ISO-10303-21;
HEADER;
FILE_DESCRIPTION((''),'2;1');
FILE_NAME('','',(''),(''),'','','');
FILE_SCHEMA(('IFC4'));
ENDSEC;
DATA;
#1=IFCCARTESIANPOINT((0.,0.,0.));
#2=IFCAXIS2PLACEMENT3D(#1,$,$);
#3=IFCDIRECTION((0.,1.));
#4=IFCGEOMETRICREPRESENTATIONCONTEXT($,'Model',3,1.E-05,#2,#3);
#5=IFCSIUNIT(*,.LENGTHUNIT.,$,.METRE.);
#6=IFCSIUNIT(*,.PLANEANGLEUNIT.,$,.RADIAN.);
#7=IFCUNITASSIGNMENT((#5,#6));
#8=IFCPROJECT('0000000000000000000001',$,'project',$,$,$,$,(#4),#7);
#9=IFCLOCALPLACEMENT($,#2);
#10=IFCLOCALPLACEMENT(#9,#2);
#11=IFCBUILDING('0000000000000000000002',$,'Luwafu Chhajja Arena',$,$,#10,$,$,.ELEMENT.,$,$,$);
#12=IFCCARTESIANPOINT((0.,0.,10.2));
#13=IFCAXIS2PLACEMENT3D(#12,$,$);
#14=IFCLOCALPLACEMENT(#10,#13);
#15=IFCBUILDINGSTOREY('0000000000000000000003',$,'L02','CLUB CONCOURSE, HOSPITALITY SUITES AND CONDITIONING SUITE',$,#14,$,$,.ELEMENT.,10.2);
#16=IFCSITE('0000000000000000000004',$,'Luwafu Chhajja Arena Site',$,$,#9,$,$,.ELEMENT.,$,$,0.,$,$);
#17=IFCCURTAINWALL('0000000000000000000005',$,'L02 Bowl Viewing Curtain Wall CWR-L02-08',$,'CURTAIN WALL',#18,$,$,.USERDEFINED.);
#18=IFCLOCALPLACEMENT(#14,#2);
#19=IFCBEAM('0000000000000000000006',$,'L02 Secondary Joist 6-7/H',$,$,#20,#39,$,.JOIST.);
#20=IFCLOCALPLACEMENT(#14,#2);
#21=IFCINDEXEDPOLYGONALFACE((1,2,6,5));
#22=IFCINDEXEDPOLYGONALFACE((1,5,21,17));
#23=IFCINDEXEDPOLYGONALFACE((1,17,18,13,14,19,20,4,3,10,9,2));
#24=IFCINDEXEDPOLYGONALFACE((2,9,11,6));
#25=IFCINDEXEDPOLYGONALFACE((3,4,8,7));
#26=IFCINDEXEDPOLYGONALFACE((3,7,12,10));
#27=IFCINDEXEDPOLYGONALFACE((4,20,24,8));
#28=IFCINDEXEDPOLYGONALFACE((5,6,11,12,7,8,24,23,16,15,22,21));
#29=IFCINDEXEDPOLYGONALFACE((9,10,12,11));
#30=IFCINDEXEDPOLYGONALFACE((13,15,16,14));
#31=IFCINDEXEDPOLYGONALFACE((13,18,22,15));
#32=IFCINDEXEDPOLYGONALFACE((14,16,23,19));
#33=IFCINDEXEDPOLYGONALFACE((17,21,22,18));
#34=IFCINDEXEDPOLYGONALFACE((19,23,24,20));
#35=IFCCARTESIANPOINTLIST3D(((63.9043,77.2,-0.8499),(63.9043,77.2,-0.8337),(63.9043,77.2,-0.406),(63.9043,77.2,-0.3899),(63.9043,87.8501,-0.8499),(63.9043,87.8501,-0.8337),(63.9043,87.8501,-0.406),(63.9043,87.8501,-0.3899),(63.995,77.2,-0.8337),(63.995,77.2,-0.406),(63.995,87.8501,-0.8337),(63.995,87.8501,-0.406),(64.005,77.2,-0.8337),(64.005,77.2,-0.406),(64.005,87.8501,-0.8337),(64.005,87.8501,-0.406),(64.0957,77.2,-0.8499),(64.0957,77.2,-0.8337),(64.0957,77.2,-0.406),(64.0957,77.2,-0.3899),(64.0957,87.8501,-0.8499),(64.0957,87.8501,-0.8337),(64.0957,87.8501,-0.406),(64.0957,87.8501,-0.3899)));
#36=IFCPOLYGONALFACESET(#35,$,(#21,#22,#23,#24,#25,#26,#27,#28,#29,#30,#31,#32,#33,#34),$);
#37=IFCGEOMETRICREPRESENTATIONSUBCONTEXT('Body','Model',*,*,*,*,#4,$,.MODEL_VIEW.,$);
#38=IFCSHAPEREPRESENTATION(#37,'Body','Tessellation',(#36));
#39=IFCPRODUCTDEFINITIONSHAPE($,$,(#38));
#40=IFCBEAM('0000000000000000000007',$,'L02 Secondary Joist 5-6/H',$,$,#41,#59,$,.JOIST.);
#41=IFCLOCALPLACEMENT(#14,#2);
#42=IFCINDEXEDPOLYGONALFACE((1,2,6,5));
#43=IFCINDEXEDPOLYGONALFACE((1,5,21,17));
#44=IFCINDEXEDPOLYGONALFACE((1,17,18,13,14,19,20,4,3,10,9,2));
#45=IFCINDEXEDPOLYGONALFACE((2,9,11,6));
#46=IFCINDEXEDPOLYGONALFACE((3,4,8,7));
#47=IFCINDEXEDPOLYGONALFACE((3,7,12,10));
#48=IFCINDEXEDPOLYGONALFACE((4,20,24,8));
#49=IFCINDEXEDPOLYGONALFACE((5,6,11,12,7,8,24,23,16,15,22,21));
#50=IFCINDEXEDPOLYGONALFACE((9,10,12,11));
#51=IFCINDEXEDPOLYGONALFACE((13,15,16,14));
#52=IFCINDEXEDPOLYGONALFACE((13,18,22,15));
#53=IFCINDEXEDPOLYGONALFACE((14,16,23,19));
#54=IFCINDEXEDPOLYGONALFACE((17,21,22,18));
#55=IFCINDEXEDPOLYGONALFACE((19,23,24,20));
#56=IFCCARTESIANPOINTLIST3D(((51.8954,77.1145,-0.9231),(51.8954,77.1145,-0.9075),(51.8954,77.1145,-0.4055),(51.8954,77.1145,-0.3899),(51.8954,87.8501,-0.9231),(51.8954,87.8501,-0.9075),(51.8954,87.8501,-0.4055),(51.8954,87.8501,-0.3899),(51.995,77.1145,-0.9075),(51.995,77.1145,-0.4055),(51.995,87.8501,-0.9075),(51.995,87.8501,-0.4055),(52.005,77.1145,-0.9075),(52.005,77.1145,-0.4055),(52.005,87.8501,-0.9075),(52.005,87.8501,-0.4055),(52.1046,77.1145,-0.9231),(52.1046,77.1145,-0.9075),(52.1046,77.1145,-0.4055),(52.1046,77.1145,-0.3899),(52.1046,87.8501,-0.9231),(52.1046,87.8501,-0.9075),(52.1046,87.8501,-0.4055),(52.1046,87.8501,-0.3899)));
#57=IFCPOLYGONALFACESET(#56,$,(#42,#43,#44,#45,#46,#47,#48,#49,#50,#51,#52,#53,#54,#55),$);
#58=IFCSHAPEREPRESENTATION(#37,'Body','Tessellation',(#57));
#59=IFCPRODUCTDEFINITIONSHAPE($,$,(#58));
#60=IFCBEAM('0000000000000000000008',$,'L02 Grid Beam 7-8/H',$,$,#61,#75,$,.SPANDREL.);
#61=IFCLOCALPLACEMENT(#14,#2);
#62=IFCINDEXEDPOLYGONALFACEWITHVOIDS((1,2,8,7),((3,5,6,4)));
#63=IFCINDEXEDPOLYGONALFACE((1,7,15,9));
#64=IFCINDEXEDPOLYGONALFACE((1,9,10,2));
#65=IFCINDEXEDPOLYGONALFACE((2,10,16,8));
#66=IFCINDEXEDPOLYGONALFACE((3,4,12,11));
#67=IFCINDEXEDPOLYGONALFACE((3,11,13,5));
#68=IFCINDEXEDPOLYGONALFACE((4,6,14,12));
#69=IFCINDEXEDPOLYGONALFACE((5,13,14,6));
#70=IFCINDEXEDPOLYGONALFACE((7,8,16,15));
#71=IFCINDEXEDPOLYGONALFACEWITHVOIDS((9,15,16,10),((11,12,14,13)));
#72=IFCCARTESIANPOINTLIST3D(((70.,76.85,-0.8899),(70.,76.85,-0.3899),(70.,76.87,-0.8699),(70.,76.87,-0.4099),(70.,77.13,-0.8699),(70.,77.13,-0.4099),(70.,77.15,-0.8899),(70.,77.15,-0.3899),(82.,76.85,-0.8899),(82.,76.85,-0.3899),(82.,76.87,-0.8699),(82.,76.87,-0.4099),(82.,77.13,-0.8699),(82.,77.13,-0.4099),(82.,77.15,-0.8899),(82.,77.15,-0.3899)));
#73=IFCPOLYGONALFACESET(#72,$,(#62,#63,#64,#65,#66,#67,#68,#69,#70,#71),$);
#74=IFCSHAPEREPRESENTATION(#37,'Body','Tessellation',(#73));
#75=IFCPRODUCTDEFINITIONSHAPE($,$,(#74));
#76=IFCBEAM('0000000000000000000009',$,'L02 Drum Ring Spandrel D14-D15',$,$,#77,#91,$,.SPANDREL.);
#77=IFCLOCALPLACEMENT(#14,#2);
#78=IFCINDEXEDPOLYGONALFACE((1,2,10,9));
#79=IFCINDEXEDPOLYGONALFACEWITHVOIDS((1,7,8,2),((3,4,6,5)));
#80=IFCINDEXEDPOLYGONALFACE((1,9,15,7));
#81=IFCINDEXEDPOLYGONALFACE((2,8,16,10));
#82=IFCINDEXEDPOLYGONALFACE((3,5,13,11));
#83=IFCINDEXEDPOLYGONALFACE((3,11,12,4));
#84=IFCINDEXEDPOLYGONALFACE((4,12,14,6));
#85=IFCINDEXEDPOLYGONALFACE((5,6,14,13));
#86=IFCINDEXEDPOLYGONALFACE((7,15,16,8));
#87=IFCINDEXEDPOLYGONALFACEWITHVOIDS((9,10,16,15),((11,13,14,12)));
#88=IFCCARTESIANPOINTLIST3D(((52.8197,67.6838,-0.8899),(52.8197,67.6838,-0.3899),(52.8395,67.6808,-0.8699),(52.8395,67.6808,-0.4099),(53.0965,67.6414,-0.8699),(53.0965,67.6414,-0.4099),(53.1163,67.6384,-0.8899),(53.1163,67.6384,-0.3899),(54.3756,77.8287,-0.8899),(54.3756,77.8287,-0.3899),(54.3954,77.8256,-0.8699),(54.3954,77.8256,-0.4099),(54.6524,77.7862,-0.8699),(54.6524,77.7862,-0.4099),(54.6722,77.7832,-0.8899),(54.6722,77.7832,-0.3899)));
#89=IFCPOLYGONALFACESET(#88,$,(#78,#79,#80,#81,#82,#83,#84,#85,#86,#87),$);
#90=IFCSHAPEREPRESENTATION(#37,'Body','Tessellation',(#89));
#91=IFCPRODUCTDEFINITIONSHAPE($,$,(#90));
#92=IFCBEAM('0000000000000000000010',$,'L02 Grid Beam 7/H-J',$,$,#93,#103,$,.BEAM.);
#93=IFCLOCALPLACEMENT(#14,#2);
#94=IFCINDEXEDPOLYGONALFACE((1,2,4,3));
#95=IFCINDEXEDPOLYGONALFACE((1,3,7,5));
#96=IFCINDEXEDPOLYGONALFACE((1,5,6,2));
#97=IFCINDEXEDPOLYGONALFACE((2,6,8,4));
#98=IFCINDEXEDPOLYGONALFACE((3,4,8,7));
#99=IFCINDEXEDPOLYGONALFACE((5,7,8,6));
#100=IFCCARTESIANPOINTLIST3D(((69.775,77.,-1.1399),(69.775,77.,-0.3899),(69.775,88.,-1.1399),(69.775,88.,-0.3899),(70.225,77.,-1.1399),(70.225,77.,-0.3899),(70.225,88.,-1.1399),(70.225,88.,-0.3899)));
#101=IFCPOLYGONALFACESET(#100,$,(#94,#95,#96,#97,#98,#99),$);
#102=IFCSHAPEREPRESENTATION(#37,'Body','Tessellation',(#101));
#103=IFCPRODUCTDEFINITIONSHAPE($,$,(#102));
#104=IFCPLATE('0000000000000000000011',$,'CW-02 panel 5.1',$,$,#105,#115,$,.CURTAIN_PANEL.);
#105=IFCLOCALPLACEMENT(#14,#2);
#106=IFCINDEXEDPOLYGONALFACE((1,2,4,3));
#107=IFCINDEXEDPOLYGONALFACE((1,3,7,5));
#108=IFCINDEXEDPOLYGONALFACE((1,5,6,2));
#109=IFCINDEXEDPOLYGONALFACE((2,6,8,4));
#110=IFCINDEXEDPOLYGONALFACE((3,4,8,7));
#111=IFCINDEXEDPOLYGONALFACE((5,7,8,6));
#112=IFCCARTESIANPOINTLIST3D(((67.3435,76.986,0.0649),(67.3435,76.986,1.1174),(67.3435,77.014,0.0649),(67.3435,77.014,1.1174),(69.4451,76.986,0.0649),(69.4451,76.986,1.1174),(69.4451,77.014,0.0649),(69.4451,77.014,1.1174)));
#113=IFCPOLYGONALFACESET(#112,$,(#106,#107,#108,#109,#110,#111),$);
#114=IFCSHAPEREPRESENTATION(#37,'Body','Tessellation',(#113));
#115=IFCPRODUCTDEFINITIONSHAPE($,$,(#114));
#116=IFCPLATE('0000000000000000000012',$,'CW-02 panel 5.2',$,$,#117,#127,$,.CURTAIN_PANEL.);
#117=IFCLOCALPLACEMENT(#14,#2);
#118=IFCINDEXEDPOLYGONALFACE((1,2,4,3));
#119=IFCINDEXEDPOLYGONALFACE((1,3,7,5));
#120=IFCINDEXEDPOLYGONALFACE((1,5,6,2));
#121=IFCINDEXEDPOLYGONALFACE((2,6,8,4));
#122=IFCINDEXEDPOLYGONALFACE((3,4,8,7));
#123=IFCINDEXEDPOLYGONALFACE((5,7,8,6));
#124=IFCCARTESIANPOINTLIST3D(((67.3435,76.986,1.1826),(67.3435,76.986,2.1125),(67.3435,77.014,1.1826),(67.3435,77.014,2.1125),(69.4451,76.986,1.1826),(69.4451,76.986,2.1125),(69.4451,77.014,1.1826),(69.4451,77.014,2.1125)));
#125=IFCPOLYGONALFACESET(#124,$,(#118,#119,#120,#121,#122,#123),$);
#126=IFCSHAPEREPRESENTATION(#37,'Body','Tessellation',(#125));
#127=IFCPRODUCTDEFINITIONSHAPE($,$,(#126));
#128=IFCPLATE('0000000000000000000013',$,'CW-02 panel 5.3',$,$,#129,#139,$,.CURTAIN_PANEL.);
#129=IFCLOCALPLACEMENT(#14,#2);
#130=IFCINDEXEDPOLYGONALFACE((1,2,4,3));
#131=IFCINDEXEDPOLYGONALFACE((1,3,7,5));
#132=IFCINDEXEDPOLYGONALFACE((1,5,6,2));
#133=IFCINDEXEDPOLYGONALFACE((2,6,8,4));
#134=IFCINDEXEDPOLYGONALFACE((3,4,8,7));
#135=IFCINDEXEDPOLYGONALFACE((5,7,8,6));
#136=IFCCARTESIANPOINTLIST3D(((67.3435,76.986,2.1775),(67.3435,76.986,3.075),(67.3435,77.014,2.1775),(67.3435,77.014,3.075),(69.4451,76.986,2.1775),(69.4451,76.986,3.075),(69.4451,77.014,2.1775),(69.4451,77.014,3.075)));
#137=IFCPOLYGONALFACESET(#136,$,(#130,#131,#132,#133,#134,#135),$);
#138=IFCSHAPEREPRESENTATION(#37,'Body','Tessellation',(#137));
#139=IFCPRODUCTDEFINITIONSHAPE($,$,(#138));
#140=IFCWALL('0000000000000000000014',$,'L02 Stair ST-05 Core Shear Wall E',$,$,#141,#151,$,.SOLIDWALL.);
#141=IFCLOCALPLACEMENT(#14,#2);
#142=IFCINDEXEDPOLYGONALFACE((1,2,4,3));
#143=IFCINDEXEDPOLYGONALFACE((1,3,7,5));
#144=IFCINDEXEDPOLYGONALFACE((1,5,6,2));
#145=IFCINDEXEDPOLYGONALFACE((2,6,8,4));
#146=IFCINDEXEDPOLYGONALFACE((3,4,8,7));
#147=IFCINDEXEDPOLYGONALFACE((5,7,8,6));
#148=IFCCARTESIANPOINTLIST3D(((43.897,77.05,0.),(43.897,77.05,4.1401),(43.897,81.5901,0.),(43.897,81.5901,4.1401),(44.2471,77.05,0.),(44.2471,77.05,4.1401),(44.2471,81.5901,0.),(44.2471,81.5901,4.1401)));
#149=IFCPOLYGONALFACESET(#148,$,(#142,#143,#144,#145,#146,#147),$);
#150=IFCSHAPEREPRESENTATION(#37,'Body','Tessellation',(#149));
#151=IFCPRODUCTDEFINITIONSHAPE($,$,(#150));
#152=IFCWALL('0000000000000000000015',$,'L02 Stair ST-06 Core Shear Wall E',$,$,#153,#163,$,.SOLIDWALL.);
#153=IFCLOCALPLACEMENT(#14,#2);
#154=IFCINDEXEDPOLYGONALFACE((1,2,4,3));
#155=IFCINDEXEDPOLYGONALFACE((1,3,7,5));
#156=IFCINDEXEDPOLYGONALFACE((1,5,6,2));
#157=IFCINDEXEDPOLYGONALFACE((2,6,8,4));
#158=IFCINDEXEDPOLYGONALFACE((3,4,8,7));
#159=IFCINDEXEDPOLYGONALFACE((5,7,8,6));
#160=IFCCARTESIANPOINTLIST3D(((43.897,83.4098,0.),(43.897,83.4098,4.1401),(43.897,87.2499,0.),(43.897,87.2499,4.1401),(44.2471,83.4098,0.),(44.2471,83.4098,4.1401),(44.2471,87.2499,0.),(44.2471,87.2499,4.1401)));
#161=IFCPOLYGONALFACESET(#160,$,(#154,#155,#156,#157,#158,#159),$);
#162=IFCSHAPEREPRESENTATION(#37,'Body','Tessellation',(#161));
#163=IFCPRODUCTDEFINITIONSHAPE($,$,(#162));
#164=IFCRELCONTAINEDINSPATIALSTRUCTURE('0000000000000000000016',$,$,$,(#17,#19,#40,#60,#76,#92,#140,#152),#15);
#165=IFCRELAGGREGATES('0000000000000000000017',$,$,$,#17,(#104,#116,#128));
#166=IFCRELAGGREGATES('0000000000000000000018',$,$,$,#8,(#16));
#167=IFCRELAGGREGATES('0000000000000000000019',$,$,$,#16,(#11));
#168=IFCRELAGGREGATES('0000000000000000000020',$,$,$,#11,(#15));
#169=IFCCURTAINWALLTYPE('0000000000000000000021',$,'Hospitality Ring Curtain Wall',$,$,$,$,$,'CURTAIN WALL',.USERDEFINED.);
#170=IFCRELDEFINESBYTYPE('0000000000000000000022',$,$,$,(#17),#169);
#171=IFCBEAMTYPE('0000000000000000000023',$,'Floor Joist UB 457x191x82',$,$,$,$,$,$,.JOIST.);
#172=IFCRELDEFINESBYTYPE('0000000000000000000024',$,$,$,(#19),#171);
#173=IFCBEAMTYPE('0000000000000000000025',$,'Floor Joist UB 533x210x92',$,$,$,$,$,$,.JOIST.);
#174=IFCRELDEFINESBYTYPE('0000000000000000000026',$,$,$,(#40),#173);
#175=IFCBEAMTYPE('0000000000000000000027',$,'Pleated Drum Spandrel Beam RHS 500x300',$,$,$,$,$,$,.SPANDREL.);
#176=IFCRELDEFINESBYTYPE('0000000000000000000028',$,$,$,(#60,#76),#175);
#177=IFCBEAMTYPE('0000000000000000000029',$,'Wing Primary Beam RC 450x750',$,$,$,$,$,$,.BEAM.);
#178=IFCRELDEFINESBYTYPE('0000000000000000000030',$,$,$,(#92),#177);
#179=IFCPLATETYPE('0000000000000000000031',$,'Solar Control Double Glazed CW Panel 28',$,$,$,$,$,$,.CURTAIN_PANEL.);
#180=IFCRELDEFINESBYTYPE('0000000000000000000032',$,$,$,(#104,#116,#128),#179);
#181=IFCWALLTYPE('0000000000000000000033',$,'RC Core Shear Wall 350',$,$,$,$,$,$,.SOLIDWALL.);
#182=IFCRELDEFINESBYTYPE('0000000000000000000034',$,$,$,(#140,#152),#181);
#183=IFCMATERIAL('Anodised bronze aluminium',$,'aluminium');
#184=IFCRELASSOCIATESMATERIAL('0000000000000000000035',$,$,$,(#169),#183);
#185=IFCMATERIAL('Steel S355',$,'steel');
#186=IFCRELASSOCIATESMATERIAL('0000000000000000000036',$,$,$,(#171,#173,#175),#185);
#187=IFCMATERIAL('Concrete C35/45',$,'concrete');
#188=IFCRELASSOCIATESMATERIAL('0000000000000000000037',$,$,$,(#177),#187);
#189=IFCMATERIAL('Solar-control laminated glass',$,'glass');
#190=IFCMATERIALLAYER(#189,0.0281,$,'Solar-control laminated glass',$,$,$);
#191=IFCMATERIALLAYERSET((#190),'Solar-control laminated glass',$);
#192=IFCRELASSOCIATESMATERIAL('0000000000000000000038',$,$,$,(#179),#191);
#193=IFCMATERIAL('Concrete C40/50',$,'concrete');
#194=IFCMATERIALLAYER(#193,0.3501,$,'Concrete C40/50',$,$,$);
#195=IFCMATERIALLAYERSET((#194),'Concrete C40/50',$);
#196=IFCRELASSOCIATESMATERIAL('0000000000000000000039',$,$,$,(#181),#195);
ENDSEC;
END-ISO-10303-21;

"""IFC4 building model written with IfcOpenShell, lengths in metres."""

from ifc_helpers import new_model, si_unit, direction, frame, frame_2d, origin, origin_2d, place, context, subcontext, project, spatial, rectangle, hollow_rectangle, i_section, extrude, material, layer, layer_set, material_profile, profile_set, type_object, element, aggregate, save


model = new_model("IFC4")

# Units and contexts
model_context = context("Model", 3, precision=1e-05, world=origin(), true_north=direction((0.0, 1.0)))
body_context = subcontext(model_context, "Body", "Model", "MODEL_VIEW")
ifc_project = project(units=[si_unit("LENGTHUNIT", "METRE"), si_unit("PLANEANGLEUNIT", "RADIAN")], contexts=[model_context])

# Site, building, storey
site_placement = place(None, origin())
site = spatial("IfcSite", under=ifc_project, at=site_placement, Name="Luwafu Chhajja Arena Site", CompositionType="ELEMENT", RefElevation=0.0)
building_placement = place(site_placement, origin())
building = spatial("IfcBuilding", under=site, at=building_placement, Name="Luwafu Chhajja Arena", CompositionType="ELEMENT")
storey_placement = place(building_placement, frame((0.0, 0.0, 10.2)))
storey = spatial("IfcBuildingStorey", under=building, at=storey_placement, Name="L02", Description="CLUB CONCOURSE, HOSPITALITY SUITES AND CONDITIONING SUITE", CompositionType="ELEMENT", Elevation=10.2)

# Shared definitions
ifc_material_1 = material(Name="Steel S355", Category="steel")
ifc_material_2 = material(Name="Concrete C35/45", Category="concrete")

# Curtain wall
ifc_material_3 = material(Name="Anodised bronze aluminium", Category="aluminium")
curtain_wall_type = type_object("IfcCurtainWallType", Name="Hospitality Ring Curtain Wall", ElementType="CURTAIN WALL", PredefinedType="USERDEFINED", material=ifc_material_3)
curtain_wall_placement = place(storey_placement, origin())
curtain_wall = element("IfcCurtainWall", 1, at=curtain_wall_placement, inside=storey, type_object=curtain_wall_type, Name="L02 Bowl Viewing Curtain Wall CWR-L02-08", ObjectType="CURTAIN WALL", PredefinedType="USERDEFINED")

# Beams
ifc_material_profile_1 = material_profile(ifc_material_1, i_section(OverallWidth=0.1914, OverallDepth=0.46, WebThickness=0.01, FlangeThickness=0.0161, at=origin_2d()), Name="UB 457x191x82")
ifc_profile_set_1 = profile_set([ifc_material_profile_1], Name="Steel S355")
beam_type_1 = type_object("IfcBeamType", Name="Floor Joist UB 457x191x82", PredefinedType="JOIST", material=ifc_profile_set_1)
beam_1_placement = place(storey_placement, frame((64.0, 77.2, -0.6199), z_axis=(0.0, 1.0, 0.0), x_axis=(-1.0, 0.0, 0.0)))
element("IfcBeam", 2, at=beam_1_placement, inside=storey, type_object=beam_type_1, Name="L02 Secondary Joist 6-7/H", PredefinedType="JOIST", context=body_context, shape_type="SweptSolid", body=[
    extrude(i_section(OverallWidth=0.1914, OverallDepth=0.46, WebThickness=0.01, FlangeThickness=0.0161, at=origin_2d()), origin(), (0.0, 0.0, 1.0), 10.6501),
])
ifc_material_profile_2 = material_profile(ifc_material_1, i_section(OverallWidth=0.2092, OverallDepth=0.5332, WebThickness=0.01, FlangeThickness=0.0156, at=origin_2d()), Name="UB 533x210x92")
ifc_profile_set_2 = profile_set([ifc_material_profile_2], Name="Steel S355")
beam_type_2 = type_object("IfcBeamType", Name="Floor Joist UB 533x210x92", PredefinedType="JOIST", material=ifc_profile_set_2)
beam_2_placement = place(storey_placement, frame((52.0, 77.1145, -0.6565), z_axis=(0.0, 1.0, 0.0), x_axis=(-1.0, 0.0, 0.0)))
element("IfcBeam", 3, at=beam_2_placement, inside=storey, type_object=beam_type_2, Name="L02 Secondary Joist 5-6/H", PredefinedType="JOIST", context=body_context, shape_type="SweptSolid", body=[
    extrude(i_section(OverallWidth=0.2092, OverallDepth=0.5332, WebThickness=0.01, FlangeThickness=0.0156, at=origin_2d()), origin(), (0.0, 0.0, 1.0), 10.7356),
])
ifc_material_profile_3 = material_profile(ifc_material_1, hollow_rectangle(XDim=0.3, YDim=0.5, WallThickness=0.02, at=origin_2d()), Name="RHS 500x300x20")
ifc_profile_set_3 = profile_set([ifc_material_profile_3], Name="Steel S355")
beam_type_3 = type_object("IfcBeamType", Name="Pleated Drum Spandrel Beam RHS 500x300", PredefinedType="SPANDREL", material=ifc_profile_set_3)
beam_3_placement = place(storey_placement, frame((70.0, 77.0, -0.6399), z_axis=(1.0, 0.0, 0.0), x_axis=(0.0, 1.0, 0.0)))
element("IfcBeam", 4, at=beam_3_placement, inside=storey, type_object=beam_type_3, Name="L02 Grid Beam 7-8/H", PredefinedType="SPANDREL", context=body_context, shape_type="SweptSolid", body=[
    extrude(hollow_rectangle(XDim=0.3, YDim=0.5, WallThickness=0.02, at=origin_2d()), origin(), (0.0, 0.0, 1.0), 12.0),
])
beam_4_placement = place(storey_placement, frame((54.5239, 77.8059, -0.6399), z_axis=(-0.151598, -0.988442, 0.0), x_axis=(0.988442, -0.151598, 0.0)))
element("IfcBeam", 5, at=beam_4_placement, inside=storey, type_object=beam_type_3, Name="L02 Drum Ring Spandrel D14-D15", PredefinedType="SPANDREL", context=body_context, shape_type="SweptSolid", body=[
    extrude(hollow_rectangle(XDim=0.3, YDim=0.5, WallThickness=0.02, at=origin_2d()), origin(), (0.0, 0.0, 1.0), 10.2634),
])
ifc_material_profile_4 = material_profile(ifc_material_2, rectangle(XDim=0.45, YDim=0.75, at=origin_2d()), Name="RC 450x750")
ifc_profile_set_4 = profile_set([ifc_material_profile_4], Name="Concrete C35/45")
beam_type_4 = type_object("IfcBeamType", Name="Wing Primary Beam RC 450x750", PredefinedType="BEAM", material=ifc_profile_set_4)
beam_5_placement = place(storey_placement, frame((70.0, 77.0, -0.7649), z_axis=(0.0, 1.0, 0.0), x_axis=(-1.0, 0.0, 0.0)))
element("IfcBeam", 6, at=beam_5_placement, inside=storey, type_object=beam_type_4, Name="L02 Grid Beam 7/H-J", PredefinedType="BEAM", context=body_context, shape_type="SweptSolid", body=[
    extrude(rectangle(XDim=0.45, YDim=0.75, at=origin_2d()), origin(), (0.0, 0.0, 1.0), 11.0),
])

# Plates
ifc_material_4 = material(Name="Solar-control laminated glass", Category="glass")
ifc_layer_1 = layer(ifc_material_4, 0.0281, Name="Solar-control laminated glass")
ifc_layer_set_1 = layer_set([ifc_layer_1], Name="Solar-control laminated glass")
plate_type = type_object("IfcPlateType", Name="Solar Control Double Glazed CW Panel 28", PredefinedType="CURTAIN_PANEL", material=ifc_layer_set_1)
plate_1_placement = place(storey_placement, frame((68.3943, 77.0, 0.0649), z_axis=(0.0, 0.0, 1.0), x_axis=(1.0, 0.0, 0.0)))
plate_1 = element("IfcPlate", 7, at=plate_1_placement, type_object=plate_type, Name="CW-02 panel 5.1", PredefinedType="CURTAIN_PANEL", context=body_context, shape_type="SweptSolid", body=[
    extrude(rectangle(XDim=2.1016, YDim=0.0281, at=origin_2d()), origin(), (0.0, 0.0, 1.0), 1.0525),
])
plate_2_placement = place(storey_placement, frame((68.3943, 77.0, 1.1826), z_axis=(0.0, 0.0, 1.0), x_axis=(1.0, 0.0, 0.0)))
plate_2 = element("IfcPlate", 8, at=plate_2_placement, type_object=plate_type, Name="CW-02 panel 5.2", PredefinedType="CURTAIN_PANEL", context=body_context, shape_type="SweptSolid", body=[
    extrude(rectangle(XDim=2.1016, YDim=0.0281, at=origin_2d()), origin(), (0.0, 0.0, 1.0), 0.9299),
])
plate_3_placement = place(storey_placement, frame((68.3943, 77.0, 2.1775), z_axis=(0.0, 0.0, 1.0), x_axis=(1.0, 0.0, 0.0)))
plate_3 = element("IfcPlate", 9, at=plate_3_placement, type_object=plate_type, Name="CW-02 panel 5.3", PredefinedType="CURTAIN_PANEL", context=body_context, shape_type="SweptSolid", body=[
    extrude(rectangle(XDim=2.1016, YDim=0.0281, at=origin_2d()), origin(), (0.0, 0.0, 1.0), 0.8975),
])
aggregate(curtain_wall, [plate_1, plate_2, plate_3])

# Walls
ifc_material_5 = material(Name="Concrete C40/50", Category="concrete")
ifc_layer_2 = layer(ifc_material_5, 0.3501, Name="Concrete C40/50")
ifc_layer_set_2 = layer_set([ifc_layer_2], Name="Concrete C40/50")
wall_type = type_object("IfcWallType", Name="RC Core Shear Wall 350", PredefinedType="SOLIDWALL", material=ifc_layer_set_2)
wall_1_placement = place(storey_placement, frame((44.072, 77.05, 0.0), z_axis=(0.0, 0.0, 1.0), x_axis=(0.0, 1.0, 0.0)))
element("IfcWall", 10, at=wall_1_placement, inside=storey, type_object=wall_type, Name="L02 Stair ST-05 Core Shear Wall E", PredefinedType="SOLIDWALL", context=body_context, shape_type="SweptSolid", body=[
    extrude(rectangle(XDim=4.54, YDim=0.3501, at=frame_2d((2.27, 0.0))), origin(), (0.0, 0.0, 1.0), 4.1401),
])
wall_2_placement = place(storey_placement, frame((44.072, 83.4099, 0.0), z_axis=(0.0, 0.0, 1.0), x_axis=(0.0, 1.0, 0.0)))
element("IfcWall", 11, at=wall_2_placement, inside=storey, type_object=wall_type, Name="L02 Stair ST-06 Core Shear Wall E", PredefinedType="SOLIDWALL", context=body_context, shape_type="SweptSolid", body=[
    extrude(rectangle(XDim=3.8401, YDim=0.3501, at=frame_2d((1.9199, 0.0))), origin(), (0.0, 0.0, 1.0), 4.1401),
])

save(model, "model.ifc")
